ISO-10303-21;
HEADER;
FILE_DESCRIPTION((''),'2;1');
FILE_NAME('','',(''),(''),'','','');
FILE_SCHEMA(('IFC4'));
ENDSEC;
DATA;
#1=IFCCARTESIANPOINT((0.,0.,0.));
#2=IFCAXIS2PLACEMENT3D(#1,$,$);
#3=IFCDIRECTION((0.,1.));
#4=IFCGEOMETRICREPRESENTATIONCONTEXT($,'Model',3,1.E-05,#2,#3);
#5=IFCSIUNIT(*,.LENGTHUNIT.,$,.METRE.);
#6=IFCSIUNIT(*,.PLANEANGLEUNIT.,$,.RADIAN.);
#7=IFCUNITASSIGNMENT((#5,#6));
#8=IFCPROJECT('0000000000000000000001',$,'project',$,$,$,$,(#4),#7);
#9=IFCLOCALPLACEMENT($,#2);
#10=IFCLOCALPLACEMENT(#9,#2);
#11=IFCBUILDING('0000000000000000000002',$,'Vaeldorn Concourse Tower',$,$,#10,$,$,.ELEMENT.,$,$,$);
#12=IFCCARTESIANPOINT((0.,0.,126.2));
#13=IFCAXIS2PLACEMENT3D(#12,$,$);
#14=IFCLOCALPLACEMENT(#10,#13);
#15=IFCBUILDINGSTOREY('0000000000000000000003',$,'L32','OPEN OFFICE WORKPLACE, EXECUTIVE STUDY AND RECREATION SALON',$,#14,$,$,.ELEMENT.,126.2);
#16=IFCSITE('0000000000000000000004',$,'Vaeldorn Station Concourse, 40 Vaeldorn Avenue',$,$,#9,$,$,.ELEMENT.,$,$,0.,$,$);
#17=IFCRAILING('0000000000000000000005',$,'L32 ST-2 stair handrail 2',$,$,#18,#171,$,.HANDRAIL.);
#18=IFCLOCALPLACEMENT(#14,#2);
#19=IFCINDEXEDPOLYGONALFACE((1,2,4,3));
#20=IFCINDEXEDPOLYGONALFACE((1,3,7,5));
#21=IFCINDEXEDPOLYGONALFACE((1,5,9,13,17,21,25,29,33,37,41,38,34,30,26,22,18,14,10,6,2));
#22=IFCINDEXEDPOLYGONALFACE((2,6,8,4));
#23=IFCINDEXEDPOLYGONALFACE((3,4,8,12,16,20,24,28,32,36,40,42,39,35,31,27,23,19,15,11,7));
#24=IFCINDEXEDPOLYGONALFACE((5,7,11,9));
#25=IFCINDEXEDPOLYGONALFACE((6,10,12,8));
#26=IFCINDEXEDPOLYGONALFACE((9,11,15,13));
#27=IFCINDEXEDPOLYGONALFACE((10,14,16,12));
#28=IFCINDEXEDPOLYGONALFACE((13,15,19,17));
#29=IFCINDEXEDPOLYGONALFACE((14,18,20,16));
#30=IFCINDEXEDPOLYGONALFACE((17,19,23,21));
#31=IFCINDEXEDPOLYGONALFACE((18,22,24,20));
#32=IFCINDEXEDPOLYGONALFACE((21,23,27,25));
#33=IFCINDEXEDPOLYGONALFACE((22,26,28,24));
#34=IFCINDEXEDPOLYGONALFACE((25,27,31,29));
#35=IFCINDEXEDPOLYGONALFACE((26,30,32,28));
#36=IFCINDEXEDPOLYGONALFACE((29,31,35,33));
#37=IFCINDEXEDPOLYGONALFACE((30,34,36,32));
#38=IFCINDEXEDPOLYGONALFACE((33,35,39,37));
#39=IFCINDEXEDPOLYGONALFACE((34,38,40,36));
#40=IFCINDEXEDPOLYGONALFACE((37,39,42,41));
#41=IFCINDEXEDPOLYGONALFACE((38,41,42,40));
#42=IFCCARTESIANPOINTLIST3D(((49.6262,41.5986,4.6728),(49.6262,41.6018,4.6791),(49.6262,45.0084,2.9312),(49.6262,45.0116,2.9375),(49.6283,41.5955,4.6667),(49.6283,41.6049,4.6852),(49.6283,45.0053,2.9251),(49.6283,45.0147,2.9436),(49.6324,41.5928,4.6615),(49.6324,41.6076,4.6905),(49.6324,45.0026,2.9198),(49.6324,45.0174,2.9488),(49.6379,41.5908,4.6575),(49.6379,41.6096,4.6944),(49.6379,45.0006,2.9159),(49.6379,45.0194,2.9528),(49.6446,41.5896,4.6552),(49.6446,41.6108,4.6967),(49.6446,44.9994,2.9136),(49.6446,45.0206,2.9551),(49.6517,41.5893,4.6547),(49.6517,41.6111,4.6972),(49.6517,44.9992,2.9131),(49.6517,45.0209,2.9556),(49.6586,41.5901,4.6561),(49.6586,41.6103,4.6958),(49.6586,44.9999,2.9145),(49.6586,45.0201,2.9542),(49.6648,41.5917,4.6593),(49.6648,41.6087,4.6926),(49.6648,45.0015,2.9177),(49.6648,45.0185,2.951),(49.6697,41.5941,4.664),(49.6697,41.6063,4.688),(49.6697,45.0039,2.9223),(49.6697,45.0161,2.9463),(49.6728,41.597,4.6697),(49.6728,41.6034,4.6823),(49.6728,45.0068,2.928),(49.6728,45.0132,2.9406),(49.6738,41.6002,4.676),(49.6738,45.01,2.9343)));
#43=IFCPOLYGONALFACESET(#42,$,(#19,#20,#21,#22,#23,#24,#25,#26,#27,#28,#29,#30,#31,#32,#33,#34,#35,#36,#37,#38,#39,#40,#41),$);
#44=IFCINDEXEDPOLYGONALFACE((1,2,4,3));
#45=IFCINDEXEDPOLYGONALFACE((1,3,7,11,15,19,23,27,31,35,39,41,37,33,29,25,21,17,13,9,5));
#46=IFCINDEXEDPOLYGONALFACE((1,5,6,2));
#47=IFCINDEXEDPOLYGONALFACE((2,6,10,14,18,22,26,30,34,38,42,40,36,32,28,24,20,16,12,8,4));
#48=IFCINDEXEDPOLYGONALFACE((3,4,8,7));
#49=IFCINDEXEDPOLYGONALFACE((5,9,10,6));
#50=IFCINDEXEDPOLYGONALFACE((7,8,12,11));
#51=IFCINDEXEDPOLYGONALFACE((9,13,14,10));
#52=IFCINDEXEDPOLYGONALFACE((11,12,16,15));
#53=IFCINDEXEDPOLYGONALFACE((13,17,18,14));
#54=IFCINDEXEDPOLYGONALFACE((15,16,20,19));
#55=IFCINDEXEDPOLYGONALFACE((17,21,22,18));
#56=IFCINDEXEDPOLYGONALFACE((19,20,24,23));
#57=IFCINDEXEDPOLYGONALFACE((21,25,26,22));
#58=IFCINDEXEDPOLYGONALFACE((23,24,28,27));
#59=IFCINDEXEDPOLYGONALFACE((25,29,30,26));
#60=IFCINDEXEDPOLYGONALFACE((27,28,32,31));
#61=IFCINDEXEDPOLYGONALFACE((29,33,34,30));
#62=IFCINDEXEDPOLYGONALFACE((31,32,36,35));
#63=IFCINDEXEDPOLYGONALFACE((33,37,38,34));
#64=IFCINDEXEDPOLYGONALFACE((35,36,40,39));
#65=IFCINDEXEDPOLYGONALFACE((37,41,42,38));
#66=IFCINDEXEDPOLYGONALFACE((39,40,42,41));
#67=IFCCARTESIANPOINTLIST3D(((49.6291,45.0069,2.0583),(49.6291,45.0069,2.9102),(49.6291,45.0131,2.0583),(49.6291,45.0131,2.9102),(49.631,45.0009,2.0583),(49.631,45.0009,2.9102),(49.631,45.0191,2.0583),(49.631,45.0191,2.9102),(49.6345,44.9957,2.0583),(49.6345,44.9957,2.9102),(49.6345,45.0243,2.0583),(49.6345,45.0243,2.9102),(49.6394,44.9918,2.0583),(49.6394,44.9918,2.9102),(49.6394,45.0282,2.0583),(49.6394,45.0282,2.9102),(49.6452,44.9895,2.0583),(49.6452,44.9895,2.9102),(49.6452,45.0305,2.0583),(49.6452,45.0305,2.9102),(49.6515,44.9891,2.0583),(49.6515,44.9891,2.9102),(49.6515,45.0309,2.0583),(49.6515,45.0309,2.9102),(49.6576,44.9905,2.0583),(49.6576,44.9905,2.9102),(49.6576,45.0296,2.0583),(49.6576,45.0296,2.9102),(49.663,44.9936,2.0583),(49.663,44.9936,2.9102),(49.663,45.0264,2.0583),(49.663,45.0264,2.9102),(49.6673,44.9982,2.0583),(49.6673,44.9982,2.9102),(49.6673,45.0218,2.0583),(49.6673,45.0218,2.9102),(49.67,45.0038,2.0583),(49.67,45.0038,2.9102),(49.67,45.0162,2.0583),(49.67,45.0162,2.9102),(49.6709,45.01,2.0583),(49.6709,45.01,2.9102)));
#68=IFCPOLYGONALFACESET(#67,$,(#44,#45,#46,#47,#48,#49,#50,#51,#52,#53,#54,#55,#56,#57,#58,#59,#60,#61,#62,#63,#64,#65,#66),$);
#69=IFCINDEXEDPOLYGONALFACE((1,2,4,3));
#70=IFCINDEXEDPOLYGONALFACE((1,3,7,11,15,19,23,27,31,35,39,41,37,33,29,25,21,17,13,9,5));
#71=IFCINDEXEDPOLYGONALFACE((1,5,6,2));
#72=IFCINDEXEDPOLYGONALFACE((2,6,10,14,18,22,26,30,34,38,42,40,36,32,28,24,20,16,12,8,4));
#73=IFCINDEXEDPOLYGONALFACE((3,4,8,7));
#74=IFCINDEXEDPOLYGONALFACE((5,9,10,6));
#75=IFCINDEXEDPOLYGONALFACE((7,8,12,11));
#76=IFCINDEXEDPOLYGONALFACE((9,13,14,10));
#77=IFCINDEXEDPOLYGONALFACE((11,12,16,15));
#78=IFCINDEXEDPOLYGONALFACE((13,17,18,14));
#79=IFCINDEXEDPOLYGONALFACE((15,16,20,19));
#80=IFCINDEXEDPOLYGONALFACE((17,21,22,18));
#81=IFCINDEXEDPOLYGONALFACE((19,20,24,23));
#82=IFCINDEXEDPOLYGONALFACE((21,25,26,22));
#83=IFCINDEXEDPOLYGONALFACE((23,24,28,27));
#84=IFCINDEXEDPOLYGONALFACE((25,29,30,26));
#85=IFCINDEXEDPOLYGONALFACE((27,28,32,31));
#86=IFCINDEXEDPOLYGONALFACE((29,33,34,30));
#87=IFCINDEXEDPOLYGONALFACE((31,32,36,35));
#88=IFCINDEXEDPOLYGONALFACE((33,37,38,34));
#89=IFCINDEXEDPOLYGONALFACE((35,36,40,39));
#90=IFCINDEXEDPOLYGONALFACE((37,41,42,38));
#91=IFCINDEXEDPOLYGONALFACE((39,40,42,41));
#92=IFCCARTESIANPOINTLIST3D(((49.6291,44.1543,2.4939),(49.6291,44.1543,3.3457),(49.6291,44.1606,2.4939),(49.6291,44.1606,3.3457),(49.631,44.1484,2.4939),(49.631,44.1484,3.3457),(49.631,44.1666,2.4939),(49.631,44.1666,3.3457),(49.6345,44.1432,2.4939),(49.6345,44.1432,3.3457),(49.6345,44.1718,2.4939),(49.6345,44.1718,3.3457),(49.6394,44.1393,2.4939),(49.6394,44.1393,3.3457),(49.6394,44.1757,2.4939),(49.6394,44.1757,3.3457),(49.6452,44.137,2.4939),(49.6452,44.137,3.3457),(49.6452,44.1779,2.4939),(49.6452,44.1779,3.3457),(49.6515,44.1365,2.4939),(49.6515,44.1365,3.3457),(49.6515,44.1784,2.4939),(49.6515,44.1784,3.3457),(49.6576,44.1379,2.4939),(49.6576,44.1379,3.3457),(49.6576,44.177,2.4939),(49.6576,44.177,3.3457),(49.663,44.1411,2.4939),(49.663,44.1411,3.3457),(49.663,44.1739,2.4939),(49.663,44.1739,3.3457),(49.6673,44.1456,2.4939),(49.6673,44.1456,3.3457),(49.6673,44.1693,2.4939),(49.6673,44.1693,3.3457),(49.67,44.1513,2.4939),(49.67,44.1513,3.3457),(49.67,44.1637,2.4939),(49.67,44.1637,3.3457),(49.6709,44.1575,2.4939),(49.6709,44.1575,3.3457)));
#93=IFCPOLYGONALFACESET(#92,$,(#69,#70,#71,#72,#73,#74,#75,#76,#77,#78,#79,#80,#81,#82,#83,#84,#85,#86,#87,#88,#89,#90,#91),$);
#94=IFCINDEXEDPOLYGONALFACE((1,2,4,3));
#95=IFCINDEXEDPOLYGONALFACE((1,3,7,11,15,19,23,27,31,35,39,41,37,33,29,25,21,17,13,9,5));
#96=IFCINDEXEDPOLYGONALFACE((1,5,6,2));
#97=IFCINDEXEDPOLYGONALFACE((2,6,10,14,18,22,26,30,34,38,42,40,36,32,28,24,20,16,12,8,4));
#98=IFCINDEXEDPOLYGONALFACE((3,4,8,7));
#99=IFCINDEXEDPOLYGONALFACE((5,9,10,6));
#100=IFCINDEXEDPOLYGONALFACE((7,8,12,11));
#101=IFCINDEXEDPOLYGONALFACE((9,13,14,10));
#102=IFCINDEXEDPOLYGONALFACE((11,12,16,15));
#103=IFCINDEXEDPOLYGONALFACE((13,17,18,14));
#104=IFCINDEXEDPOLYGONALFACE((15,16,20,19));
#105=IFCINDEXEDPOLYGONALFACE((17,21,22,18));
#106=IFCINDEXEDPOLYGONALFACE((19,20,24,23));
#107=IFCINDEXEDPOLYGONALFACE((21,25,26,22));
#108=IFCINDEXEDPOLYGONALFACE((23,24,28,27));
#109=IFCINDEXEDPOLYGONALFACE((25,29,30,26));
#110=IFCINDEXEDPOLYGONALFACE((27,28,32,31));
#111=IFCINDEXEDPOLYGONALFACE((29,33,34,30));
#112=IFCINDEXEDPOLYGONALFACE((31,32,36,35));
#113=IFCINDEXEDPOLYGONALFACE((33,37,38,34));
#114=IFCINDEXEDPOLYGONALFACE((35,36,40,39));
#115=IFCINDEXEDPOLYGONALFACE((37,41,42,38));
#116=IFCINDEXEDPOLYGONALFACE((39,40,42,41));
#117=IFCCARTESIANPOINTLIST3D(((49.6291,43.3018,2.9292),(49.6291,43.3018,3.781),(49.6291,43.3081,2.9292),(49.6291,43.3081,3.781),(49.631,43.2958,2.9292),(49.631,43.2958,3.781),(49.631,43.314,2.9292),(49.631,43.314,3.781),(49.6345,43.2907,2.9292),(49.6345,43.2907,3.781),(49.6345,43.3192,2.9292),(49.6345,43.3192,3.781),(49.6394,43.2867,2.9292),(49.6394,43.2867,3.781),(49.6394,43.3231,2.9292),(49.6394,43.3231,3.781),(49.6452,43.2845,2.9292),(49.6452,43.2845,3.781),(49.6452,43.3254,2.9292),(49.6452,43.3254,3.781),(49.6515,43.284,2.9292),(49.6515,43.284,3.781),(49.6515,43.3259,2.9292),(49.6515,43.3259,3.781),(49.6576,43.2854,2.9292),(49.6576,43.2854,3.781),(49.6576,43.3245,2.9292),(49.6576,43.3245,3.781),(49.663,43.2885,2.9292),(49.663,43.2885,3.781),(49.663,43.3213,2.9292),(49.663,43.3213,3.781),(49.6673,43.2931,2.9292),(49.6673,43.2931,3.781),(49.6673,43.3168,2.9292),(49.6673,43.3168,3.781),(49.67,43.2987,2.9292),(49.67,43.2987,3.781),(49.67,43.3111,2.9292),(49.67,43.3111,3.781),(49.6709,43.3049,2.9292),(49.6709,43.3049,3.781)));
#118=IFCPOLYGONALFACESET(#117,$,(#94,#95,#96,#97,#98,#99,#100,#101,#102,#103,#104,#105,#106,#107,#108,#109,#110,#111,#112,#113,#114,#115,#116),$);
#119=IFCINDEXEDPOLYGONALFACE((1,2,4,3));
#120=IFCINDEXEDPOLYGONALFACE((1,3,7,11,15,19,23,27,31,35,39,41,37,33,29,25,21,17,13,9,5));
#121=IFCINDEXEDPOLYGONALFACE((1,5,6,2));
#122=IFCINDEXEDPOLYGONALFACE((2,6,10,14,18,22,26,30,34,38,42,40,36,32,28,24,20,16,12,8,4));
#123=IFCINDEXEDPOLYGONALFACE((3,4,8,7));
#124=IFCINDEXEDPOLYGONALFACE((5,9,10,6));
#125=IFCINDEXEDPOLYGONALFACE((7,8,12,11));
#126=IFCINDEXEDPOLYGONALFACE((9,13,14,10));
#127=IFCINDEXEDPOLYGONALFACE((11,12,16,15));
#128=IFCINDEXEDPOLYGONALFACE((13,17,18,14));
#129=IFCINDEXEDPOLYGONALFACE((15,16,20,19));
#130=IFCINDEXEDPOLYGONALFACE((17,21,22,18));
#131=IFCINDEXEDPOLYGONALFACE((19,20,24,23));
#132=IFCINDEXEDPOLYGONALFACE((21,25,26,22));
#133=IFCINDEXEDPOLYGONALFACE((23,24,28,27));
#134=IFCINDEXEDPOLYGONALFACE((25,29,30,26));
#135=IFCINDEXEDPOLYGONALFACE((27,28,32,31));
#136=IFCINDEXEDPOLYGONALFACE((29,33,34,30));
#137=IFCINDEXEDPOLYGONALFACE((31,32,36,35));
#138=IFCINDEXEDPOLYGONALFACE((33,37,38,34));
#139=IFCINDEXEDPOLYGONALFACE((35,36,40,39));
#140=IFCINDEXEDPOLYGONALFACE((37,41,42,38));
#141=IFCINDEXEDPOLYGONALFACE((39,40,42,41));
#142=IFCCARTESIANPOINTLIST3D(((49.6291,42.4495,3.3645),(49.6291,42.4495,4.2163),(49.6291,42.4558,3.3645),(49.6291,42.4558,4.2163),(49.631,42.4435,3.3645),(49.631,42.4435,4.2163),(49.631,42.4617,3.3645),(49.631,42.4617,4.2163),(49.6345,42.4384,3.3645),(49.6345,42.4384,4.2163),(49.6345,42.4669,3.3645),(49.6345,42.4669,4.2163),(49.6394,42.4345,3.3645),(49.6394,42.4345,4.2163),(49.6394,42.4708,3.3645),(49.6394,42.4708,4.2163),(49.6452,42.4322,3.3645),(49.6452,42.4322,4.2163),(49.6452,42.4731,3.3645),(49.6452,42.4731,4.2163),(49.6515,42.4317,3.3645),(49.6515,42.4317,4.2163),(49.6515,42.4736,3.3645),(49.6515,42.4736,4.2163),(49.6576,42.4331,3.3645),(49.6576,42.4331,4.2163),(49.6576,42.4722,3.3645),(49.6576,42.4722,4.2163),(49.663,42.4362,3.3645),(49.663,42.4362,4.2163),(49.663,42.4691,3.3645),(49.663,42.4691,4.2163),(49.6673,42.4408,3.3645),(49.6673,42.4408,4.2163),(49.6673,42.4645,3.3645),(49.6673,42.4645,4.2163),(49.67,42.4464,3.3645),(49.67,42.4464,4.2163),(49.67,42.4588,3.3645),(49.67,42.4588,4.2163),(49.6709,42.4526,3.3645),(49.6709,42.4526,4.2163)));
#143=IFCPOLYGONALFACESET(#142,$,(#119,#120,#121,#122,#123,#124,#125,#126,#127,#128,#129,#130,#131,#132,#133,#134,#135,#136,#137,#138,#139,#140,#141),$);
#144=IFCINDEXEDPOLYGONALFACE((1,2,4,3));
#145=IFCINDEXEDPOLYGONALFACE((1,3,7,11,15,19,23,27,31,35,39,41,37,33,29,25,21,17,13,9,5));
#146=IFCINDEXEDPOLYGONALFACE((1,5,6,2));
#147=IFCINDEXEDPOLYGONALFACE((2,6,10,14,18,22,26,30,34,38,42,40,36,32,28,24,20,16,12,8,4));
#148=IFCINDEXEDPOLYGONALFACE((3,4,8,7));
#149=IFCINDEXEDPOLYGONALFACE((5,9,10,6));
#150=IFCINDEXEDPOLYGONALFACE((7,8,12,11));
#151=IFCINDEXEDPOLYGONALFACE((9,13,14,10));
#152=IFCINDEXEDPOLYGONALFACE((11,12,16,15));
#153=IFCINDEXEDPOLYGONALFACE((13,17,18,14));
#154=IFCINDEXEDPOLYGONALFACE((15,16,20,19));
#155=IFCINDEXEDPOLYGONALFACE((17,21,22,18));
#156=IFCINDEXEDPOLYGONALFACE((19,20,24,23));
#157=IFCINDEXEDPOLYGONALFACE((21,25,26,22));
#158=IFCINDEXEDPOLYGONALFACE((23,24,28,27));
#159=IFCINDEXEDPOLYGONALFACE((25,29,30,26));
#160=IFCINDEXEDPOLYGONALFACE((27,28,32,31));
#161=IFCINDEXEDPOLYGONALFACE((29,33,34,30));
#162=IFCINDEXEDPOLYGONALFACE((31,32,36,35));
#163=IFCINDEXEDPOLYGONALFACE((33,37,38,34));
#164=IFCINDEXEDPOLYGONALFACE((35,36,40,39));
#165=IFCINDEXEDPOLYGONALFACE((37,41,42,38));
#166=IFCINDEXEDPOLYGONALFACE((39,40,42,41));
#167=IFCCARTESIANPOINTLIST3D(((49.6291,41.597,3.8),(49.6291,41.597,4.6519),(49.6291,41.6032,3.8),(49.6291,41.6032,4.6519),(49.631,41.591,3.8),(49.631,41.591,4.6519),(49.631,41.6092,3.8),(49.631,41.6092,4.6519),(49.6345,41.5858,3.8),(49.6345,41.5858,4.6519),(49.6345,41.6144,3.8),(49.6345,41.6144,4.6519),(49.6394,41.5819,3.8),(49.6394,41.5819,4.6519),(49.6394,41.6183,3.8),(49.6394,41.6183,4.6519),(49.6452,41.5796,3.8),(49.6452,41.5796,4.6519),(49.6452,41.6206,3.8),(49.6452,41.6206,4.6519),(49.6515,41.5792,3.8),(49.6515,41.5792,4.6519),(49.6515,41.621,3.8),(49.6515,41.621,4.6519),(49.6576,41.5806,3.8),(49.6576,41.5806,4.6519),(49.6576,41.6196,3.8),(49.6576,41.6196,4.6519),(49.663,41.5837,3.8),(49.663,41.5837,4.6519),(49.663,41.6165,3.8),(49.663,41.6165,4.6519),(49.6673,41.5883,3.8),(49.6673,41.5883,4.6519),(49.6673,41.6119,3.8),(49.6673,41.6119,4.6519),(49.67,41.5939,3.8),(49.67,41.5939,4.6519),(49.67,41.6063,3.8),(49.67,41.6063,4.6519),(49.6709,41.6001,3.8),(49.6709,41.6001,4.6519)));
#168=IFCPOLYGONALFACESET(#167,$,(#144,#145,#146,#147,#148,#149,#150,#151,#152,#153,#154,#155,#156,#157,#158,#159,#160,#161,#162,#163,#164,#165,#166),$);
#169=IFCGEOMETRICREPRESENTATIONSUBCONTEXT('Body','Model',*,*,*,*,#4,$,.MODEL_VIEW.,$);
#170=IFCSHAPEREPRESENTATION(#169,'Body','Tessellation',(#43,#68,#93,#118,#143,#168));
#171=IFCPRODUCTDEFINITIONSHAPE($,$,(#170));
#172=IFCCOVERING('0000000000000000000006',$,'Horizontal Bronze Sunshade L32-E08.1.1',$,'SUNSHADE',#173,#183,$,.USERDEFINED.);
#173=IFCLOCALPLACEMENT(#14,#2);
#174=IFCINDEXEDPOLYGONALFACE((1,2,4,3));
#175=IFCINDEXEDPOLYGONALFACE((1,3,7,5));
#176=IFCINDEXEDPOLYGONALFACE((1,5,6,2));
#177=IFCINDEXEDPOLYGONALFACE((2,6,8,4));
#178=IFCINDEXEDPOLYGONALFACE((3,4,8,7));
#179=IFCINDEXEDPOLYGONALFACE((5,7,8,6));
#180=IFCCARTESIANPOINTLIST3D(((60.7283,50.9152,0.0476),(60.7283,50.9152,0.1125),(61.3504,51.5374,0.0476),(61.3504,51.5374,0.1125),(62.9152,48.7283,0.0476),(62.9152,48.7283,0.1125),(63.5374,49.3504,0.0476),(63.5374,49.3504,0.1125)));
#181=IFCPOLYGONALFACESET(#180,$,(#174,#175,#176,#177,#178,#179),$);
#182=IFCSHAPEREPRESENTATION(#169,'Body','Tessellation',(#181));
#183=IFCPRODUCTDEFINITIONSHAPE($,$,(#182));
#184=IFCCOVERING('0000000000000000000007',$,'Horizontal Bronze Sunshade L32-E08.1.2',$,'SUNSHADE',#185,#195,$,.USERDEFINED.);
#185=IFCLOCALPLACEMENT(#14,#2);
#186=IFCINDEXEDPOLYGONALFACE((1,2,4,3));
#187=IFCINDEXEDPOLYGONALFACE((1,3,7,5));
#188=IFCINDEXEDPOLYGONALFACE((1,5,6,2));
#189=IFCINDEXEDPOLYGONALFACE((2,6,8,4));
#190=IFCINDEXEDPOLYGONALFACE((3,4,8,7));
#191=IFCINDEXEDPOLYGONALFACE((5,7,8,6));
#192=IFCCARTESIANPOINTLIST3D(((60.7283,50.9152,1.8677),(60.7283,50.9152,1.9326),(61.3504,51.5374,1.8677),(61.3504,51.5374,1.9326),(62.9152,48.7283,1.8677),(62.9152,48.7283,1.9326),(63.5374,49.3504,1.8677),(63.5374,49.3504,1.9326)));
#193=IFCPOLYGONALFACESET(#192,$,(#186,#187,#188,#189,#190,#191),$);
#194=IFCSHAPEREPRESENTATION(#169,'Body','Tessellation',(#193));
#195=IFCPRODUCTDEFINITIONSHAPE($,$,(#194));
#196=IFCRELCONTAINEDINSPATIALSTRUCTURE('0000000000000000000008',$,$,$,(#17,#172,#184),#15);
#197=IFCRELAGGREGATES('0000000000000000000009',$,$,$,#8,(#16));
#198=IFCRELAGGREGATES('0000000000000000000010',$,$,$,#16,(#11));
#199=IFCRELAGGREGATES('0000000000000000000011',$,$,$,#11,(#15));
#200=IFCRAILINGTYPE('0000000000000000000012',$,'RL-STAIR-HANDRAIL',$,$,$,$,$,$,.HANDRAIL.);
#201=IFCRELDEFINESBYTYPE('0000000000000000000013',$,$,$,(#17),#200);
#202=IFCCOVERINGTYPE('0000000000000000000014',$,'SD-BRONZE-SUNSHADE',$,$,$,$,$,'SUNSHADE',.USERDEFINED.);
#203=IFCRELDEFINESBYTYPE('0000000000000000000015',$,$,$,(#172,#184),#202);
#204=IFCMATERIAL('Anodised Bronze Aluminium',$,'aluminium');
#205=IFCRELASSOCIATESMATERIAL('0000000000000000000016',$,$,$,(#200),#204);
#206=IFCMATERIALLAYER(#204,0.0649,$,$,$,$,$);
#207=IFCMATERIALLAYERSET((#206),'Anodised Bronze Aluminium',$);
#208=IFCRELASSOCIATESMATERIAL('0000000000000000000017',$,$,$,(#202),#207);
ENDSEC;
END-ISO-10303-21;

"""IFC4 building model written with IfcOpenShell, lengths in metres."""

from ifc_helpers import new_model, si_unit, direction, frame, origin, origin_2d, place, context, subcontext, project, spatial, rectangle, circle, extrude, source, transform, mapped, material, layer, layer_set, type_object, element, save


model = new_model("IFC4")

# Units and contexts
model_context = context("Model", 3, precision=1e-05, world=origin(), true_north=direction((0.0, 1.0)))
body_context = subcontext(model_context, "Body", "Model", "MODEL_VIEW")
ifc_project = project(units=[si_unit("LENGTHUNIT", "METRE"), si_unit("PLANEANGLEUNIT", "RADIAN")], contexts=[model_context])

# Site, building, storey
site_placement = place(None, origin())
site = spatial("IfcSite", under=ifc_project, at=site_placement, Name="Vaeldorn Station Concourse, 40 Vaeldorn Avenue", CompositionType="ELEMENT", RefElevation=0.0)
building_placement = place(site_placement, origin())
building = spatial("IfcBuilding", under=site, at=building_placement, Name="Vaeldorn Concourse Tower", CompositionType="ELEMENT")
storey_placement = place(building_placement, frame((0.0, 0.0, 126.2)))
storey = spatial("IfcBuildingStorey", under=building, at=storey_placement, Name="L32", Description="OPEN OFFICE WORKPLACE, EXECUTIVE STUDY AND RECREATION SALON", CompositionType="ELEMENT", Elevation=126.2)

# Shared definitions
ifc_material_1 = material(Name="Anodised Bronze Aluminium", Category="aluminium")

# Railing
railing_type_1 = type_object("IfcRailingType", Name="RL-STAIR-HANDRAIL", PredefinedType="HANDRAIL", material=ifc_material_1)
railing_1_placement = place(storey_placement, frame((49.6499, 45.01, 2.0583)))
element("IfcRailing", 1, at=railing_1_placement, inside=storey, type_object=railing_type_1, Name="L32 ST-2 stair handrail 2", PredefinedType="HANDRAIL", context=body_context, shape_type="SweptSolid", body=[
    extrude(circle(Radius=0.0239, at=origin_2d()), frame((0.0, 0.0, 0.876), z_axis=(0.0, -0.890556, 0.454874), x_axis=(1.0, 0.0, 0.0)), (0.0, 0.0, 1.0), 3.8289),
    extrude(circle(Radius=0.021, at=origin_2d()), origin(), (0.0, 0.0, 1.0), 0.8518),
    extrude(circle(Radius=0.021, at=origin_2d()), frame((0.0, -0.8525, 0.4355)), (0.0, 0.0, 1.0), 0.8518),
    extrude(circle(Radius=0.021, at=origin_2d()), frame((0.0, -1.7051, 0.8708)), (0.0, 0.0, 1.0), 0.8518),
    extrude(circle(Radius=0.021, at=origin_2d()), frame((0.0, -2.5574, 1.3062)), (0.0, 0.0, 1.0), 0.8518),
    extrude(circle(Radius=0.021, at=origin_2d()), frame((0.0, -3.4099, 1.7417)), (0.0, 0.0, 1.0), 0.8518),
])

# Coverings
ifc_layer_1 = layer(ifc_material_1, 0.0649)
ifc_layer_set_1 = layer_set([ifc_layer_1], Name="Anodised Bronze Aluminium")
covering_type = type_object("IfcCoveringType", Name="SD-BRONZE-SUNSHADE", ElementType="SUNSHADE", PredefinedType="USERDEFINED", material=ifc_layer_set_1)
shared_shape_1 = source(origin(), body_context, "Body", "SweptSolid", [
    extrude(rectangle(XDim=3.0928, YDim=0.8799, at=origin_2d()), origin(), (0.0, 0.0, 1.0), 0.0649),
])
for number, where, z_axis, x_axis, name in (
    (2, (62.1328, 50.1328, 0.0476), (0.0, 0.0, 1.0), (-0.707107, 0.707107, 0.0), "Horizontal Bronze Sunshade L32-E08.1.1"),
    (3, (62.1328, 50.1328, 1.8677), (0.0, 0.0, 1.0), (-0.707107, 0.707107, 0.0), "Horizontal Bronze Sunshade L32-E08.1.2"),
):
    element("IfcCovering", number, at=place(storey_placement, frame(where, z_axis=z_axis, x_axis=x_axis)), inside=storey, type_object=covering_type, Name=name, ObjectType="SUNSHADE", PredefinedType="USERDEFINED", context=body_context, shape_type="MappedRepresentation", body=[
        mapped(shared_shape_1, transform((0.0, 0.0, 0.0), scale=1.0)),
    ])

save(model, "model.ifc")
